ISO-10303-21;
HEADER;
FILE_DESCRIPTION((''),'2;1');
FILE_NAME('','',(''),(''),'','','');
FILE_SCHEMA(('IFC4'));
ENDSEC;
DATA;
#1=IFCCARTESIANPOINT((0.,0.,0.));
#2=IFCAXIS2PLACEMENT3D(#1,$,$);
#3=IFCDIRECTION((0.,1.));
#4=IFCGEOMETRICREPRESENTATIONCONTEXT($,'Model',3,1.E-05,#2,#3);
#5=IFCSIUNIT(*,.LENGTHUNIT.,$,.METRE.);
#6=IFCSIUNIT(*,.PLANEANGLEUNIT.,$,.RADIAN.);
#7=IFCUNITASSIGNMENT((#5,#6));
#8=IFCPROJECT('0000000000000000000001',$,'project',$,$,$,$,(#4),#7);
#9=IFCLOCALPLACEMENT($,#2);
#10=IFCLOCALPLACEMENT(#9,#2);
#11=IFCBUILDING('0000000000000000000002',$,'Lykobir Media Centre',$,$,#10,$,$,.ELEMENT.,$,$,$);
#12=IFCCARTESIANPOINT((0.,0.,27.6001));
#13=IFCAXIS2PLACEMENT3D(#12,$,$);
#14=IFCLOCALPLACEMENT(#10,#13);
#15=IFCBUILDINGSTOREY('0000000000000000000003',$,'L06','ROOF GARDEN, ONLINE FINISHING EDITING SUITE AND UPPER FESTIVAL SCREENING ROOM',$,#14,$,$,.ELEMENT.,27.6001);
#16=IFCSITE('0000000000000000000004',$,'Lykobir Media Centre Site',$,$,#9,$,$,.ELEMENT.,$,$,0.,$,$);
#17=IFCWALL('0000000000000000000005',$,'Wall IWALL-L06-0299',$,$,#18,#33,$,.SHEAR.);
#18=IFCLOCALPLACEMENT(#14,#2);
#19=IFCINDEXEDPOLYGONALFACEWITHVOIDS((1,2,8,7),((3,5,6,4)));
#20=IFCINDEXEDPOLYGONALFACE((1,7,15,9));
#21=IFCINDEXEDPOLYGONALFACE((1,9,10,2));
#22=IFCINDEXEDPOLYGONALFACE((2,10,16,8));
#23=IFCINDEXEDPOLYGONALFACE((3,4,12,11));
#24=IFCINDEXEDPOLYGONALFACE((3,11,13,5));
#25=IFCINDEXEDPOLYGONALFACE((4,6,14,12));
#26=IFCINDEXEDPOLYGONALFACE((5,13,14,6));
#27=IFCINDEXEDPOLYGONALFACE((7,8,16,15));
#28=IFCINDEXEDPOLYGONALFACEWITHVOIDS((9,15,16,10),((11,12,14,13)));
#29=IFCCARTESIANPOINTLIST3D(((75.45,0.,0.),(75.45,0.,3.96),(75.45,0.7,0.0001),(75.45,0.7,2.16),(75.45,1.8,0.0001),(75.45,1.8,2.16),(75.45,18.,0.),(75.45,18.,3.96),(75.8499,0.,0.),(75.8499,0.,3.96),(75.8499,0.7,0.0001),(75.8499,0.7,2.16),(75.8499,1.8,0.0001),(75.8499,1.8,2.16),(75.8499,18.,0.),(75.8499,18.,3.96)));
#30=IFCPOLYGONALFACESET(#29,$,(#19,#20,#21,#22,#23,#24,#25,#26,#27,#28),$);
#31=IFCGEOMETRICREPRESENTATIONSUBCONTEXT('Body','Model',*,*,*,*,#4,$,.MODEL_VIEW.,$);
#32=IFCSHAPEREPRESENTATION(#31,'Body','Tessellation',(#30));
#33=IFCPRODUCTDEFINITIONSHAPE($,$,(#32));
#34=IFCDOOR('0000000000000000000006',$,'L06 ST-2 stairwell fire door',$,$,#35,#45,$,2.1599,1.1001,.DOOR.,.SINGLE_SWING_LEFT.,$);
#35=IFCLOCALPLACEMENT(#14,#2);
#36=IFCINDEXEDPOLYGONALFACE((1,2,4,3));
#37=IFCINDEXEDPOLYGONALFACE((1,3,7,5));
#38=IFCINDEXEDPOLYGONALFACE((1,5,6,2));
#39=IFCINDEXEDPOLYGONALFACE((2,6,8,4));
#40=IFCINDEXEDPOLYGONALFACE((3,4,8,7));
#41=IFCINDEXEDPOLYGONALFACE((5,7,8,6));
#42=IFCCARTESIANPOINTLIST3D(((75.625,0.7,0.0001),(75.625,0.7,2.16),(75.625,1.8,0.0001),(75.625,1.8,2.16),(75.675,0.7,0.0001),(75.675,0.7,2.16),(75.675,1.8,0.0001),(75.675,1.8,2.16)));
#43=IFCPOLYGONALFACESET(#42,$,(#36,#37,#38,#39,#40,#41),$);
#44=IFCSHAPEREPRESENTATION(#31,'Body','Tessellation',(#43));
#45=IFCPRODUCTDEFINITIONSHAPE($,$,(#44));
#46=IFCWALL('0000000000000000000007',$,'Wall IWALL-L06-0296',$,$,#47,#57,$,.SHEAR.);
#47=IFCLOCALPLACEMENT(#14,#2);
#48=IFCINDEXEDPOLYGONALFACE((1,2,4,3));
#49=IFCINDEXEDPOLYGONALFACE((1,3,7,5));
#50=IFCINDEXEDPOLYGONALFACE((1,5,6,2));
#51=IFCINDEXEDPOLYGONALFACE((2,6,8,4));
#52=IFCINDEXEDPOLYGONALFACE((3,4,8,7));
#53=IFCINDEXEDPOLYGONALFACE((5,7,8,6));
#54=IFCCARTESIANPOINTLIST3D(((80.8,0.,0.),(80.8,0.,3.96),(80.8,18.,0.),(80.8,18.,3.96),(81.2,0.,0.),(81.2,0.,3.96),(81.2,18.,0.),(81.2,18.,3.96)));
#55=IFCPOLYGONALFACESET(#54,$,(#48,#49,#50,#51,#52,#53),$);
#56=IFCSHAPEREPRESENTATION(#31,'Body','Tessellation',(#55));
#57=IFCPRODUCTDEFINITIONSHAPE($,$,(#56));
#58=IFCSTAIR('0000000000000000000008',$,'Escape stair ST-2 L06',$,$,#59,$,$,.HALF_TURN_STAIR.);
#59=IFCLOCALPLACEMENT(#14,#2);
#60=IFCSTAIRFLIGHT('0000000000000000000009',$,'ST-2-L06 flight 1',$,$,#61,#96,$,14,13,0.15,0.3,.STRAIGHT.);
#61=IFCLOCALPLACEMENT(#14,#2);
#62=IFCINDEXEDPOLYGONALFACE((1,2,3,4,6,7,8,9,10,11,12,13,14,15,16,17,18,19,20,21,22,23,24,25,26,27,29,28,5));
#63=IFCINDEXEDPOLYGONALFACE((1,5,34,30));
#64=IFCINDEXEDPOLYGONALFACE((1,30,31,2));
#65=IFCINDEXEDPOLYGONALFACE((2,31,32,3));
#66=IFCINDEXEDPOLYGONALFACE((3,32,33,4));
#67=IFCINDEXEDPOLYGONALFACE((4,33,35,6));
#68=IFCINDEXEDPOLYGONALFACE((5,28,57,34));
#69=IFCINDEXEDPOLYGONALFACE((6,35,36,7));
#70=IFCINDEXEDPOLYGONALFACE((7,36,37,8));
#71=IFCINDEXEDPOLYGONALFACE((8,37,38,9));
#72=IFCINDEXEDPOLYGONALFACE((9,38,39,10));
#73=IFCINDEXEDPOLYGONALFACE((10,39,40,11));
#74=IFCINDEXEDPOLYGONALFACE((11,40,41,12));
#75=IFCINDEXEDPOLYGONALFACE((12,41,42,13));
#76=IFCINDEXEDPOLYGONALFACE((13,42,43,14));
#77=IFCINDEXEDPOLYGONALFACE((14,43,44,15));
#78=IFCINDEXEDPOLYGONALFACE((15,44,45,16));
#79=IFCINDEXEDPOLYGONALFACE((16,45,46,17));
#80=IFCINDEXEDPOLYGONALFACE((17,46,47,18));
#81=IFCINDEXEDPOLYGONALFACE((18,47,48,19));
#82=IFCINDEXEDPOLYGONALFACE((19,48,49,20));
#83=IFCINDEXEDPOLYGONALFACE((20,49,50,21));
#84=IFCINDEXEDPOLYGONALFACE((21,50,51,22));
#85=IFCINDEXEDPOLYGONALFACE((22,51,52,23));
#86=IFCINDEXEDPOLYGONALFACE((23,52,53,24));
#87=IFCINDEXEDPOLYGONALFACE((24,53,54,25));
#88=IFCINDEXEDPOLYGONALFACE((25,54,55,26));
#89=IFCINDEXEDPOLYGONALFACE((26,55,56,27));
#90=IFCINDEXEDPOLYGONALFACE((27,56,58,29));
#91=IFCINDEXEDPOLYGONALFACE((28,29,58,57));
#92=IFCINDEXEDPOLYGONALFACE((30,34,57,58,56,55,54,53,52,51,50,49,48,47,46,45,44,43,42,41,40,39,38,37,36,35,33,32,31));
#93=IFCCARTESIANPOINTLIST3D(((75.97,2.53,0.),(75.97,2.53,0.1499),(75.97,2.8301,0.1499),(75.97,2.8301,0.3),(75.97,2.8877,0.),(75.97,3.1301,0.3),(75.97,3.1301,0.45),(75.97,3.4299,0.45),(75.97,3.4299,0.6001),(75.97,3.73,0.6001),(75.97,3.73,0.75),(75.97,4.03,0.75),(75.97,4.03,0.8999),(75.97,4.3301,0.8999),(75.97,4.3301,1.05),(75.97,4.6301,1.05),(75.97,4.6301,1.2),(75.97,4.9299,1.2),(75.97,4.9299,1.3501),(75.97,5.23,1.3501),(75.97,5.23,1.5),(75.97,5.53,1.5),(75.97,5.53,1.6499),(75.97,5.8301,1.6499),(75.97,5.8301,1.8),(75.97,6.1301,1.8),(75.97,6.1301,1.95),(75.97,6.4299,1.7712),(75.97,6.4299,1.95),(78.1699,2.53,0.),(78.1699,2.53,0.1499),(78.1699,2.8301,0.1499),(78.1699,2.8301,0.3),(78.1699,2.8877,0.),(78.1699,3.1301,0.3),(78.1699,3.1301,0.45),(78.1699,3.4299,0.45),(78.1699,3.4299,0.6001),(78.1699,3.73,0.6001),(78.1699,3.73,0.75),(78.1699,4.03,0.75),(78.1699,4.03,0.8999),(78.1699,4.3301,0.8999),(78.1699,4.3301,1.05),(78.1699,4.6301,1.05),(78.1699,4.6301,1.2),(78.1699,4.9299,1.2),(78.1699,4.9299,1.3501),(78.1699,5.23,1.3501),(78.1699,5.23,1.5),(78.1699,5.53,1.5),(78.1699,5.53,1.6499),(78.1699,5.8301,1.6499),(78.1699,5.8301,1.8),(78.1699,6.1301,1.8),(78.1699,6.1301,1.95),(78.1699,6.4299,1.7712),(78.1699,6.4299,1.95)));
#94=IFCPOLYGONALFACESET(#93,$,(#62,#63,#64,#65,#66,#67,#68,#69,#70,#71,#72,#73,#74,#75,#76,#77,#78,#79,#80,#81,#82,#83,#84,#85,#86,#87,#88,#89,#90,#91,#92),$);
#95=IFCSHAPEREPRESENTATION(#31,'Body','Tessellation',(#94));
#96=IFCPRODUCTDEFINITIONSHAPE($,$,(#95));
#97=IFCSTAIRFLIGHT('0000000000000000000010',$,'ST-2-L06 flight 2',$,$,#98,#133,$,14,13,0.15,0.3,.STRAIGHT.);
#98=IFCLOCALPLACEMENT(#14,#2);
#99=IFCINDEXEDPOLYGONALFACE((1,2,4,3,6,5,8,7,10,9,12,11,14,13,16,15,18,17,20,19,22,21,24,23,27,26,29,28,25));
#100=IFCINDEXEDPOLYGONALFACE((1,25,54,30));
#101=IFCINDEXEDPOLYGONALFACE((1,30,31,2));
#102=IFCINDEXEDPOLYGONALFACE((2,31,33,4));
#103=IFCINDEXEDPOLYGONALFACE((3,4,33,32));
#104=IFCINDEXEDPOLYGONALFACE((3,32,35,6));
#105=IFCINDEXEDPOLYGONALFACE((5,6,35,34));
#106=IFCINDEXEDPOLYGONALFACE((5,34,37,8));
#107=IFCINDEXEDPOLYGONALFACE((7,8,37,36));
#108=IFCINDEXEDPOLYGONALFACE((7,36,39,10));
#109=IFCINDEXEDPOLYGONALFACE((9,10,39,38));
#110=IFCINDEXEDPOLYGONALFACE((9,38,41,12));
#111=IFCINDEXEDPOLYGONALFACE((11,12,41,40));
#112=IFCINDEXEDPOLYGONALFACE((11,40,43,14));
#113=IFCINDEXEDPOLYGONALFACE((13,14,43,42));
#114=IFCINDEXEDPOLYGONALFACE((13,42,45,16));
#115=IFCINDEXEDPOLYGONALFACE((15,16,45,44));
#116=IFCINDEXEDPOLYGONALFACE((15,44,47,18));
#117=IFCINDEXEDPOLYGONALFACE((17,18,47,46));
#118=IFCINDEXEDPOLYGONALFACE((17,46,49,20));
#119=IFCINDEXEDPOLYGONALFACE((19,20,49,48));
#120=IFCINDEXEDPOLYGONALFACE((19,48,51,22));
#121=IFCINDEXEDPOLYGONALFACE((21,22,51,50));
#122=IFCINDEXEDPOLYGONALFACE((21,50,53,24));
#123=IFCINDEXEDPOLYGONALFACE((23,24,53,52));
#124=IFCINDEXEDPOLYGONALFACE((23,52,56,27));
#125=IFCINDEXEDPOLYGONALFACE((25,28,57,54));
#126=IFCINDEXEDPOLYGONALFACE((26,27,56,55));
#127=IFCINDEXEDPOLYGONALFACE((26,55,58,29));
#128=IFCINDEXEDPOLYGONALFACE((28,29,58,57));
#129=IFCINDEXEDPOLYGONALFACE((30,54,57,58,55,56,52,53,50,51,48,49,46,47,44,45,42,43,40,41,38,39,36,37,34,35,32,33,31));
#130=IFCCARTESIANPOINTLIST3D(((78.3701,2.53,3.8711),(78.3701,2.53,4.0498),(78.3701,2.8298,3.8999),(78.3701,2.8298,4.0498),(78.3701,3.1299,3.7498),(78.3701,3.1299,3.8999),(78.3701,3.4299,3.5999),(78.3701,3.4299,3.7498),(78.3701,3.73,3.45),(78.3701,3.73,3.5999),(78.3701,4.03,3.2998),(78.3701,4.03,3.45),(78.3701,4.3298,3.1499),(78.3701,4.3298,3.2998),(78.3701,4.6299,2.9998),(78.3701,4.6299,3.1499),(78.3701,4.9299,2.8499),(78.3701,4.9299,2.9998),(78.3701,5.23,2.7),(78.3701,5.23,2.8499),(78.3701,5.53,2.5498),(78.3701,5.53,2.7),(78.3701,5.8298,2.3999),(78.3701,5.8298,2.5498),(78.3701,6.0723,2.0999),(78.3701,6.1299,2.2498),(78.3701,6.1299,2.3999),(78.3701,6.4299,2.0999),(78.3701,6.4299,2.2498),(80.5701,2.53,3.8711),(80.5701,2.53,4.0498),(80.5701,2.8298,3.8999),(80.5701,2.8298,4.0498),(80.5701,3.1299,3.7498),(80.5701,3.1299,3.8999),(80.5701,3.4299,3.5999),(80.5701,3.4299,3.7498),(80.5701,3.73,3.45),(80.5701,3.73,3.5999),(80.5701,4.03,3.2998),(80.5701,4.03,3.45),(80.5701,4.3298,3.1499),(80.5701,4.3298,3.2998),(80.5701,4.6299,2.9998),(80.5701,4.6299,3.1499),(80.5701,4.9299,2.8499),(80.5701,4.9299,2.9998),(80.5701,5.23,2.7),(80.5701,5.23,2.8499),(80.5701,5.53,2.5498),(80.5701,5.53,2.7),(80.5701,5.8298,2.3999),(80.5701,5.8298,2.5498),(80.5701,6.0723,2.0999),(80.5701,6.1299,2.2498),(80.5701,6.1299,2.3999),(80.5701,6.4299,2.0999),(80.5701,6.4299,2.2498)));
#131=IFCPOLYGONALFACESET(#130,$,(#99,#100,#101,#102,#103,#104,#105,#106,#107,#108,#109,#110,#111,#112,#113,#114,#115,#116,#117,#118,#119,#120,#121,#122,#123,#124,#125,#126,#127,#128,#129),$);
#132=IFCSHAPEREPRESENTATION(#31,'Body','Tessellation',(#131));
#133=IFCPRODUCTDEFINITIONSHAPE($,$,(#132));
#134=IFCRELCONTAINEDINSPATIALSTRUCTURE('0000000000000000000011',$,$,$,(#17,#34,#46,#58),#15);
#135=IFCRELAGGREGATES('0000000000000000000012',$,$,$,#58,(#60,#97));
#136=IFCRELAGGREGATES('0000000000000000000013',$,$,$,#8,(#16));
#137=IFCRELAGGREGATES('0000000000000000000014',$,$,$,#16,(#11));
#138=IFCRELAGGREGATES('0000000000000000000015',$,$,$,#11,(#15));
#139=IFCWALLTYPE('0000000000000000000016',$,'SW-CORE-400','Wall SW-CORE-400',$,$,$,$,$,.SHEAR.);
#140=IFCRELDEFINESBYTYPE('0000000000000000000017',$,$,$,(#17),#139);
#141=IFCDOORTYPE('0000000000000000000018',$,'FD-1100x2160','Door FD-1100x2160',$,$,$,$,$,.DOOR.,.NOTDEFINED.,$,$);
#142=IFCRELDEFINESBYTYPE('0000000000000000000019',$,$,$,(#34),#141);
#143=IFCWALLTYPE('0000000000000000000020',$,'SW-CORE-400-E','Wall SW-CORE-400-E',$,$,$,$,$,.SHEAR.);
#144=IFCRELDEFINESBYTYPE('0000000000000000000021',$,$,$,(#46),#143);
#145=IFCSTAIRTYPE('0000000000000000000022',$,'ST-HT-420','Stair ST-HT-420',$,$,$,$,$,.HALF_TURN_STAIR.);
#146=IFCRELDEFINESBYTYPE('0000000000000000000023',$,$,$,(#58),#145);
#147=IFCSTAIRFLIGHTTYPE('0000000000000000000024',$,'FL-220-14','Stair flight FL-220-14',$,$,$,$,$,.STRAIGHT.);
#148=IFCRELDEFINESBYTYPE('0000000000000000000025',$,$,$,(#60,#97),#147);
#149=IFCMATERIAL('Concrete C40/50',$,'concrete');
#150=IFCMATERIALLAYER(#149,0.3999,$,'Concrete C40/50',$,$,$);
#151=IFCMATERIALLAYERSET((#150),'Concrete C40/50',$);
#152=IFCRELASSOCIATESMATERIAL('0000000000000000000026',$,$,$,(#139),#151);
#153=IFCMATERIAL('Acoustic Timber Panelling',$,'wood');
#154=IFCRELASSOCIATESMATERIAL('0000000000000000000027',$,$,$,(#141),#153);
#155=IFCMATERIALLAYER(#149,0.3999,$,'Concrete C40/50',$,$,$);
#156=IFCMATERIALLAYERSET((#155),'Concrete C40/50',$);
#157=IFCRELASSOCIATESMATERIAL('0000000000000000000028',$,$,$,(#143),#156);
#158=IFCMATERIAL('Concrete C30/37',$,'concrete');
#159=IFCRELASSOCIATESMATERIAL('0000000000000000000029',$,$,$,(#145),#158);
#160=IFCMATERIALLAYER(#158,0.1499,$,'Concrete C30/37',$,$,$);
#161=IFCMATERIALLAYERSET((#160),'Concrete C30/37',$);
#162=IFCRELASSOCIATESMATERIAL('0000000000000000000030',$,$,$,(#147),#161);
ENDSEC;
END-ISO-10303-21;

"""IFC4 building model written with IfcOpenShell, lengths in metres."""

from ifc_helpers import new_model, si_unit, direction, frame, frame_2d, origin, place, context, subcontext, project, spatial, polyline, rectangle, outline, extrude, material, layer, layer_set, type_object, element, fill, aggregate, save


model = new_model("IFC4")

# Units and contexts
model_context = context("Model", 3, precision=1e-05, world=origin(), true_north=direction((0.0, 1.0)))
body_context = subcontext(model_context, "Body", "Model", "MODEL_VIEW")
ifc_project = project(units=[si_unit("LENGTHUNIT", "METRE"), si_unit("PLANEANGLEUNIT", "RADIAN")], contexts=[model_context])

# Site, building, storey
site_placement = place(None, origin())
site = spatial("IfcSite", under=ifc_project, at=site_placement, Name="Lykobir Media Centre Site", CompositionType="ELEMENT", RefElevation=0.0)
building_placement = place(site_placement, origin())
building = spatial("IfcBuilding", under=site, at=building_placement, Name="Lykobir Media Centre", CompositionType="ELEMENT")
storey_placement = place(building_placement, frame((0.0, 0.0, 27.6001)))
storey = spatial("IfcBuildingStorey", under=building, at=storey_placement, Name="L06", Description="ROOF GARDEN, ONLINE FINISHING EDITING SUITE AND UPPER FESTIVAL SCREENING ROOM", CompositionType="ELEMENT", Elevation=27.6001)

# Shared definitions
ifc_material_1 = material(Name="Concrete C40/50", Category="concrete")

# Shared definitions
ifc_material_2 = material(Name="Concrete C30/37", Category="concrete")

# Wall, opening, door
ifc_layer_1 = layer(ifc_material_1, 0.3999, Name="Concrete C40/50")
ifc_layer_set_1 = layer_set([ifc_layer_1], Name="Concrete C40/50")
wall_type_1 = type_object("IfcWallType", Name="SW-CORE-400", Description="Wall SW-CORE-400", PredefinedType="SHEAR", material=ifc_layer_set_1)
wall_1_placement = place(storey_placement, frame((75.6499, 0.0, 0.0), z_axis=(0.0, 0.0, 1.0), x_axis=(0.0, 1.0, 0.0)))
wall_1 = element("IfcWall", 1, at=wall_1_placement, inside=storey, type_object=wall_type_1, Name="Wall IWALL-L06-0299", PredefinedType="SHEAR", context=body_context, shape_type="SweptSolid", body=[
    extrude(rectangle(XDim=18.0, YDim=0.3999, at=frame_2d((9.0, 0.0))), origin(), (0.0, 0.0, 1.0), 3.96),
])
opening_placement = place(wall_1_placement, frame((0.7, 0.0, 0.0)))
opening = element("IfcOpeningElement", 2, at=opening_placement, cuts=wall_1, PredefinedType="OPENING", context=body_context, shape_type="SweptSolid", body=[
    extrude(rectangle(XDim=1.1001, YDim=2.1599, at=frame_2d((0.55, 1.0801))), frame((0.0, 0.21, 0.0), z_axis=(0.0, -1.0, 0.0), x_axis=(1.0, 0.0, 0.0)), (0.0, 0.0, 1.0), 0.4199),
])
ifc_material_3 = material(Name="Acoustic Timber Panelling", Category="wood")
door_type = type_object("IfcDoorType", Name="FD-1100x2160", Description="Door FD-1100x2160", OperationType="NOTDEFINED", PredefinedType="DOOR", material=ifc_material_3)
door_placement = place(opening_placement, origin())
door = element("IfcDoor", 3, at=door_placement, inside=storey, type_object=door_type, Name="L06 ST-2 stairwell fire door", OperationType="SINGLE_SWING_LEFT", OverallHeight=2.1599, OverallWidth=1.1001, PredefinedType="DOOR", context=body_context, shape_type="SweptSolid", body=[
    extrude(rectangle(XDim=1.1001, YDim=2.1599, at=frame_2d((0.55, 1.0801))), frame((0.0, 0.0249, 0.0), z_axis=(0.0, -1.0, 0.0), x_axis=(1.0, 0.0, 0.0)), (0.0, 0.0, 1.0), 0.05),
])
fill(opening, door)

# Wall
ifc_layer_2 = layer(ifc_material_1, 0.3999, Name="Concrete C40/50")
ifc_layer_set_2 = layer_set([ifc_layer_2], Name="Concrete C40/50")
wall_type_2 = type_object("IfcWallType", Name="SW-CORE-400-E", Description="Wall SW-CORE-400-E", PredefinedType="SHEAR", material=ifc_layer_set_2)
wall_2_placement = place(storey_placement, frame((81.0, 0.0, 0.0), z_axis=(0.0, 0.0, 1.0), x_axis=(0.0, 1.0, 0.0)))
element("IfcWall", 4, at=wall_2_placement, inside=storey, type_object=wall_type_2, Name="Wall IWALL-L06-0296", PredefinedType="SHEAR", context=body_context, shape_type="SweptSolid", body=[
    extrude(rectangle(XDim=18.0, YDim=0.3999, at=frame_2d((9.0, 0.0))), origin(), (0.0, 0.0, 1.0), 3.96),
])

# Stair, stair flights
stair_type = type_object("IfcStairType", Name="ST-HT-420", Description="Stair ST-HT-420", PredefinedType="HALF_TURN_STAIR", material=ifc_material_2)
stair_placement = place(storey_placement, origin())
stair = element("IfcStair", 5, at=stair_placement, inside=storey, type_object=stair_type, Name="Escape stair ST-2 L06", PredefinedType="HALF_TURN_STAIR")
ifc_layer_3 = layer(ifc_material_2, 0.1499, Name="Concrete C30/37")
ifc_layer_set_3 = layer_set([ifc_layer_3], Name="Concrete C30/37")
stair_flight_type = type_object("IfcStairFlightType", Name="FL-220-14", Description="Stair flight FL-220-14", PredefinedType="STRAIGHT", material=ifc_layer_set_3)
stair_flight_1_placement = place(storey_placement, frame((77.0701, 2.53, 0.0), z_axis=(0.0, 0.0, 1.0), x_axis=(0.0, 1.0, 0.0)))
stair_flight_1 = element("IfcStairFlight", 6, at=stair_flight_1_placement, type_object=stair_flight_type, Name="ST-2-L06 flight 1", NumberOfRisers=14, NumberOfTreads=13, PredefinedType="STRAIGHT", RiserHeight=0.15, TreadLength=0.3, context=body_context, shape_type="SweptSolid", body=[
    extrude(outline(polyline([(0.0, 0.0), (0.0, 0.1499), (0.3, 0.1499), (0.3, 0.3), (0.6001, 0.3), (0.6001, 0.45), (0.8999, 0.45), (0.8999, 0.6001), (1.2, 0.6001), (1.2, 0.75), (1.5, 0.75), (1.5, 0.8999), (1.8, 0.8999), (1.8, 1.05), (2.1001, 1.05), (2.1001, 1.2), (2.3999, 1.2), (2.3999, 1.3501), (2.7, 1.3501), (2.7, 1.5), (3.0, 1.5), (3.0, 1.6499), (3.3, 1.6499), (3.3, 1.8), (3.6001, 1.8), (3.6001, 1.95), (3.8999, 1.95), (3.8999, 2.1001), (3.8999, 1.7712), (0.3577, 0.0), (0.0, 0.0)])), frame((0.0, 1.1001, 0.0), z_axis=(0.0, -1.0, 0.0), x_axis=(1.0, 0.0, 0.0)), (0.0, 0.0, 1.0), 2.2),
])
stair_flight_2_placement = place(storey_placement, frame((79.47, 6.4299, 2.0999), z_axis=(0.0, 0.0, 1.0), x_axis=(0.0, -1.0, 0.0)))
stair_flight_2 = element("IfcStairFlight", 7, at=stair_flight_2_placement, type_object=stair_flight_type, Name="ST-2-L06 flight 2", NumberOfRisers=14, NumberOfTreads=13, PredefinedType="STRAIGHT", RiserHeight=0.15, TreadLength=0.3, context=body_context, shape_type="SweptSolid", body=[
    extrude(outline(polyline([(0.0, 0.0), (0.0, 0.1499), (0.3, 0.1499), (0.3, 0.3), (0.6001, 0.3), (0.6001, 0.45), (0.8999, 0.45), (0.8999, 0.6001), (1.2, 0.6001), (1.2, 0.75), (1.5, 0.75), (1.5, 0.8999), (1.8, 0.8999), (1.8, 1.05), (2.1001, 1.05), (2.1001, 1.2), (2.3999, 1.2), (2.3999, 1.3501), (2.7, 1.3501), (2.7, 1.5), (3.0, 1.5), (3.0, 1.6499), (3.3, 1.6499), (3.3, 1.8), (3.6001, 1.8), (3.6001, 1.95), (3.8999, 1.95), (3.8999, 2.1001), (3.8999, 1.7712), (0.3577, 0.0), (0.0, 0.0)])), frame((0.0, 1.1001, 0.0), z_axis=(0.0, -1.0, 0.0), x_axis=(1.0, 0.0, 0.0)), (0.0, 0.0, 1.0), 2.2),
])
aggregate(stair, [stair_flight_1, stair_flight_2])

save(model, "model.ifc")
